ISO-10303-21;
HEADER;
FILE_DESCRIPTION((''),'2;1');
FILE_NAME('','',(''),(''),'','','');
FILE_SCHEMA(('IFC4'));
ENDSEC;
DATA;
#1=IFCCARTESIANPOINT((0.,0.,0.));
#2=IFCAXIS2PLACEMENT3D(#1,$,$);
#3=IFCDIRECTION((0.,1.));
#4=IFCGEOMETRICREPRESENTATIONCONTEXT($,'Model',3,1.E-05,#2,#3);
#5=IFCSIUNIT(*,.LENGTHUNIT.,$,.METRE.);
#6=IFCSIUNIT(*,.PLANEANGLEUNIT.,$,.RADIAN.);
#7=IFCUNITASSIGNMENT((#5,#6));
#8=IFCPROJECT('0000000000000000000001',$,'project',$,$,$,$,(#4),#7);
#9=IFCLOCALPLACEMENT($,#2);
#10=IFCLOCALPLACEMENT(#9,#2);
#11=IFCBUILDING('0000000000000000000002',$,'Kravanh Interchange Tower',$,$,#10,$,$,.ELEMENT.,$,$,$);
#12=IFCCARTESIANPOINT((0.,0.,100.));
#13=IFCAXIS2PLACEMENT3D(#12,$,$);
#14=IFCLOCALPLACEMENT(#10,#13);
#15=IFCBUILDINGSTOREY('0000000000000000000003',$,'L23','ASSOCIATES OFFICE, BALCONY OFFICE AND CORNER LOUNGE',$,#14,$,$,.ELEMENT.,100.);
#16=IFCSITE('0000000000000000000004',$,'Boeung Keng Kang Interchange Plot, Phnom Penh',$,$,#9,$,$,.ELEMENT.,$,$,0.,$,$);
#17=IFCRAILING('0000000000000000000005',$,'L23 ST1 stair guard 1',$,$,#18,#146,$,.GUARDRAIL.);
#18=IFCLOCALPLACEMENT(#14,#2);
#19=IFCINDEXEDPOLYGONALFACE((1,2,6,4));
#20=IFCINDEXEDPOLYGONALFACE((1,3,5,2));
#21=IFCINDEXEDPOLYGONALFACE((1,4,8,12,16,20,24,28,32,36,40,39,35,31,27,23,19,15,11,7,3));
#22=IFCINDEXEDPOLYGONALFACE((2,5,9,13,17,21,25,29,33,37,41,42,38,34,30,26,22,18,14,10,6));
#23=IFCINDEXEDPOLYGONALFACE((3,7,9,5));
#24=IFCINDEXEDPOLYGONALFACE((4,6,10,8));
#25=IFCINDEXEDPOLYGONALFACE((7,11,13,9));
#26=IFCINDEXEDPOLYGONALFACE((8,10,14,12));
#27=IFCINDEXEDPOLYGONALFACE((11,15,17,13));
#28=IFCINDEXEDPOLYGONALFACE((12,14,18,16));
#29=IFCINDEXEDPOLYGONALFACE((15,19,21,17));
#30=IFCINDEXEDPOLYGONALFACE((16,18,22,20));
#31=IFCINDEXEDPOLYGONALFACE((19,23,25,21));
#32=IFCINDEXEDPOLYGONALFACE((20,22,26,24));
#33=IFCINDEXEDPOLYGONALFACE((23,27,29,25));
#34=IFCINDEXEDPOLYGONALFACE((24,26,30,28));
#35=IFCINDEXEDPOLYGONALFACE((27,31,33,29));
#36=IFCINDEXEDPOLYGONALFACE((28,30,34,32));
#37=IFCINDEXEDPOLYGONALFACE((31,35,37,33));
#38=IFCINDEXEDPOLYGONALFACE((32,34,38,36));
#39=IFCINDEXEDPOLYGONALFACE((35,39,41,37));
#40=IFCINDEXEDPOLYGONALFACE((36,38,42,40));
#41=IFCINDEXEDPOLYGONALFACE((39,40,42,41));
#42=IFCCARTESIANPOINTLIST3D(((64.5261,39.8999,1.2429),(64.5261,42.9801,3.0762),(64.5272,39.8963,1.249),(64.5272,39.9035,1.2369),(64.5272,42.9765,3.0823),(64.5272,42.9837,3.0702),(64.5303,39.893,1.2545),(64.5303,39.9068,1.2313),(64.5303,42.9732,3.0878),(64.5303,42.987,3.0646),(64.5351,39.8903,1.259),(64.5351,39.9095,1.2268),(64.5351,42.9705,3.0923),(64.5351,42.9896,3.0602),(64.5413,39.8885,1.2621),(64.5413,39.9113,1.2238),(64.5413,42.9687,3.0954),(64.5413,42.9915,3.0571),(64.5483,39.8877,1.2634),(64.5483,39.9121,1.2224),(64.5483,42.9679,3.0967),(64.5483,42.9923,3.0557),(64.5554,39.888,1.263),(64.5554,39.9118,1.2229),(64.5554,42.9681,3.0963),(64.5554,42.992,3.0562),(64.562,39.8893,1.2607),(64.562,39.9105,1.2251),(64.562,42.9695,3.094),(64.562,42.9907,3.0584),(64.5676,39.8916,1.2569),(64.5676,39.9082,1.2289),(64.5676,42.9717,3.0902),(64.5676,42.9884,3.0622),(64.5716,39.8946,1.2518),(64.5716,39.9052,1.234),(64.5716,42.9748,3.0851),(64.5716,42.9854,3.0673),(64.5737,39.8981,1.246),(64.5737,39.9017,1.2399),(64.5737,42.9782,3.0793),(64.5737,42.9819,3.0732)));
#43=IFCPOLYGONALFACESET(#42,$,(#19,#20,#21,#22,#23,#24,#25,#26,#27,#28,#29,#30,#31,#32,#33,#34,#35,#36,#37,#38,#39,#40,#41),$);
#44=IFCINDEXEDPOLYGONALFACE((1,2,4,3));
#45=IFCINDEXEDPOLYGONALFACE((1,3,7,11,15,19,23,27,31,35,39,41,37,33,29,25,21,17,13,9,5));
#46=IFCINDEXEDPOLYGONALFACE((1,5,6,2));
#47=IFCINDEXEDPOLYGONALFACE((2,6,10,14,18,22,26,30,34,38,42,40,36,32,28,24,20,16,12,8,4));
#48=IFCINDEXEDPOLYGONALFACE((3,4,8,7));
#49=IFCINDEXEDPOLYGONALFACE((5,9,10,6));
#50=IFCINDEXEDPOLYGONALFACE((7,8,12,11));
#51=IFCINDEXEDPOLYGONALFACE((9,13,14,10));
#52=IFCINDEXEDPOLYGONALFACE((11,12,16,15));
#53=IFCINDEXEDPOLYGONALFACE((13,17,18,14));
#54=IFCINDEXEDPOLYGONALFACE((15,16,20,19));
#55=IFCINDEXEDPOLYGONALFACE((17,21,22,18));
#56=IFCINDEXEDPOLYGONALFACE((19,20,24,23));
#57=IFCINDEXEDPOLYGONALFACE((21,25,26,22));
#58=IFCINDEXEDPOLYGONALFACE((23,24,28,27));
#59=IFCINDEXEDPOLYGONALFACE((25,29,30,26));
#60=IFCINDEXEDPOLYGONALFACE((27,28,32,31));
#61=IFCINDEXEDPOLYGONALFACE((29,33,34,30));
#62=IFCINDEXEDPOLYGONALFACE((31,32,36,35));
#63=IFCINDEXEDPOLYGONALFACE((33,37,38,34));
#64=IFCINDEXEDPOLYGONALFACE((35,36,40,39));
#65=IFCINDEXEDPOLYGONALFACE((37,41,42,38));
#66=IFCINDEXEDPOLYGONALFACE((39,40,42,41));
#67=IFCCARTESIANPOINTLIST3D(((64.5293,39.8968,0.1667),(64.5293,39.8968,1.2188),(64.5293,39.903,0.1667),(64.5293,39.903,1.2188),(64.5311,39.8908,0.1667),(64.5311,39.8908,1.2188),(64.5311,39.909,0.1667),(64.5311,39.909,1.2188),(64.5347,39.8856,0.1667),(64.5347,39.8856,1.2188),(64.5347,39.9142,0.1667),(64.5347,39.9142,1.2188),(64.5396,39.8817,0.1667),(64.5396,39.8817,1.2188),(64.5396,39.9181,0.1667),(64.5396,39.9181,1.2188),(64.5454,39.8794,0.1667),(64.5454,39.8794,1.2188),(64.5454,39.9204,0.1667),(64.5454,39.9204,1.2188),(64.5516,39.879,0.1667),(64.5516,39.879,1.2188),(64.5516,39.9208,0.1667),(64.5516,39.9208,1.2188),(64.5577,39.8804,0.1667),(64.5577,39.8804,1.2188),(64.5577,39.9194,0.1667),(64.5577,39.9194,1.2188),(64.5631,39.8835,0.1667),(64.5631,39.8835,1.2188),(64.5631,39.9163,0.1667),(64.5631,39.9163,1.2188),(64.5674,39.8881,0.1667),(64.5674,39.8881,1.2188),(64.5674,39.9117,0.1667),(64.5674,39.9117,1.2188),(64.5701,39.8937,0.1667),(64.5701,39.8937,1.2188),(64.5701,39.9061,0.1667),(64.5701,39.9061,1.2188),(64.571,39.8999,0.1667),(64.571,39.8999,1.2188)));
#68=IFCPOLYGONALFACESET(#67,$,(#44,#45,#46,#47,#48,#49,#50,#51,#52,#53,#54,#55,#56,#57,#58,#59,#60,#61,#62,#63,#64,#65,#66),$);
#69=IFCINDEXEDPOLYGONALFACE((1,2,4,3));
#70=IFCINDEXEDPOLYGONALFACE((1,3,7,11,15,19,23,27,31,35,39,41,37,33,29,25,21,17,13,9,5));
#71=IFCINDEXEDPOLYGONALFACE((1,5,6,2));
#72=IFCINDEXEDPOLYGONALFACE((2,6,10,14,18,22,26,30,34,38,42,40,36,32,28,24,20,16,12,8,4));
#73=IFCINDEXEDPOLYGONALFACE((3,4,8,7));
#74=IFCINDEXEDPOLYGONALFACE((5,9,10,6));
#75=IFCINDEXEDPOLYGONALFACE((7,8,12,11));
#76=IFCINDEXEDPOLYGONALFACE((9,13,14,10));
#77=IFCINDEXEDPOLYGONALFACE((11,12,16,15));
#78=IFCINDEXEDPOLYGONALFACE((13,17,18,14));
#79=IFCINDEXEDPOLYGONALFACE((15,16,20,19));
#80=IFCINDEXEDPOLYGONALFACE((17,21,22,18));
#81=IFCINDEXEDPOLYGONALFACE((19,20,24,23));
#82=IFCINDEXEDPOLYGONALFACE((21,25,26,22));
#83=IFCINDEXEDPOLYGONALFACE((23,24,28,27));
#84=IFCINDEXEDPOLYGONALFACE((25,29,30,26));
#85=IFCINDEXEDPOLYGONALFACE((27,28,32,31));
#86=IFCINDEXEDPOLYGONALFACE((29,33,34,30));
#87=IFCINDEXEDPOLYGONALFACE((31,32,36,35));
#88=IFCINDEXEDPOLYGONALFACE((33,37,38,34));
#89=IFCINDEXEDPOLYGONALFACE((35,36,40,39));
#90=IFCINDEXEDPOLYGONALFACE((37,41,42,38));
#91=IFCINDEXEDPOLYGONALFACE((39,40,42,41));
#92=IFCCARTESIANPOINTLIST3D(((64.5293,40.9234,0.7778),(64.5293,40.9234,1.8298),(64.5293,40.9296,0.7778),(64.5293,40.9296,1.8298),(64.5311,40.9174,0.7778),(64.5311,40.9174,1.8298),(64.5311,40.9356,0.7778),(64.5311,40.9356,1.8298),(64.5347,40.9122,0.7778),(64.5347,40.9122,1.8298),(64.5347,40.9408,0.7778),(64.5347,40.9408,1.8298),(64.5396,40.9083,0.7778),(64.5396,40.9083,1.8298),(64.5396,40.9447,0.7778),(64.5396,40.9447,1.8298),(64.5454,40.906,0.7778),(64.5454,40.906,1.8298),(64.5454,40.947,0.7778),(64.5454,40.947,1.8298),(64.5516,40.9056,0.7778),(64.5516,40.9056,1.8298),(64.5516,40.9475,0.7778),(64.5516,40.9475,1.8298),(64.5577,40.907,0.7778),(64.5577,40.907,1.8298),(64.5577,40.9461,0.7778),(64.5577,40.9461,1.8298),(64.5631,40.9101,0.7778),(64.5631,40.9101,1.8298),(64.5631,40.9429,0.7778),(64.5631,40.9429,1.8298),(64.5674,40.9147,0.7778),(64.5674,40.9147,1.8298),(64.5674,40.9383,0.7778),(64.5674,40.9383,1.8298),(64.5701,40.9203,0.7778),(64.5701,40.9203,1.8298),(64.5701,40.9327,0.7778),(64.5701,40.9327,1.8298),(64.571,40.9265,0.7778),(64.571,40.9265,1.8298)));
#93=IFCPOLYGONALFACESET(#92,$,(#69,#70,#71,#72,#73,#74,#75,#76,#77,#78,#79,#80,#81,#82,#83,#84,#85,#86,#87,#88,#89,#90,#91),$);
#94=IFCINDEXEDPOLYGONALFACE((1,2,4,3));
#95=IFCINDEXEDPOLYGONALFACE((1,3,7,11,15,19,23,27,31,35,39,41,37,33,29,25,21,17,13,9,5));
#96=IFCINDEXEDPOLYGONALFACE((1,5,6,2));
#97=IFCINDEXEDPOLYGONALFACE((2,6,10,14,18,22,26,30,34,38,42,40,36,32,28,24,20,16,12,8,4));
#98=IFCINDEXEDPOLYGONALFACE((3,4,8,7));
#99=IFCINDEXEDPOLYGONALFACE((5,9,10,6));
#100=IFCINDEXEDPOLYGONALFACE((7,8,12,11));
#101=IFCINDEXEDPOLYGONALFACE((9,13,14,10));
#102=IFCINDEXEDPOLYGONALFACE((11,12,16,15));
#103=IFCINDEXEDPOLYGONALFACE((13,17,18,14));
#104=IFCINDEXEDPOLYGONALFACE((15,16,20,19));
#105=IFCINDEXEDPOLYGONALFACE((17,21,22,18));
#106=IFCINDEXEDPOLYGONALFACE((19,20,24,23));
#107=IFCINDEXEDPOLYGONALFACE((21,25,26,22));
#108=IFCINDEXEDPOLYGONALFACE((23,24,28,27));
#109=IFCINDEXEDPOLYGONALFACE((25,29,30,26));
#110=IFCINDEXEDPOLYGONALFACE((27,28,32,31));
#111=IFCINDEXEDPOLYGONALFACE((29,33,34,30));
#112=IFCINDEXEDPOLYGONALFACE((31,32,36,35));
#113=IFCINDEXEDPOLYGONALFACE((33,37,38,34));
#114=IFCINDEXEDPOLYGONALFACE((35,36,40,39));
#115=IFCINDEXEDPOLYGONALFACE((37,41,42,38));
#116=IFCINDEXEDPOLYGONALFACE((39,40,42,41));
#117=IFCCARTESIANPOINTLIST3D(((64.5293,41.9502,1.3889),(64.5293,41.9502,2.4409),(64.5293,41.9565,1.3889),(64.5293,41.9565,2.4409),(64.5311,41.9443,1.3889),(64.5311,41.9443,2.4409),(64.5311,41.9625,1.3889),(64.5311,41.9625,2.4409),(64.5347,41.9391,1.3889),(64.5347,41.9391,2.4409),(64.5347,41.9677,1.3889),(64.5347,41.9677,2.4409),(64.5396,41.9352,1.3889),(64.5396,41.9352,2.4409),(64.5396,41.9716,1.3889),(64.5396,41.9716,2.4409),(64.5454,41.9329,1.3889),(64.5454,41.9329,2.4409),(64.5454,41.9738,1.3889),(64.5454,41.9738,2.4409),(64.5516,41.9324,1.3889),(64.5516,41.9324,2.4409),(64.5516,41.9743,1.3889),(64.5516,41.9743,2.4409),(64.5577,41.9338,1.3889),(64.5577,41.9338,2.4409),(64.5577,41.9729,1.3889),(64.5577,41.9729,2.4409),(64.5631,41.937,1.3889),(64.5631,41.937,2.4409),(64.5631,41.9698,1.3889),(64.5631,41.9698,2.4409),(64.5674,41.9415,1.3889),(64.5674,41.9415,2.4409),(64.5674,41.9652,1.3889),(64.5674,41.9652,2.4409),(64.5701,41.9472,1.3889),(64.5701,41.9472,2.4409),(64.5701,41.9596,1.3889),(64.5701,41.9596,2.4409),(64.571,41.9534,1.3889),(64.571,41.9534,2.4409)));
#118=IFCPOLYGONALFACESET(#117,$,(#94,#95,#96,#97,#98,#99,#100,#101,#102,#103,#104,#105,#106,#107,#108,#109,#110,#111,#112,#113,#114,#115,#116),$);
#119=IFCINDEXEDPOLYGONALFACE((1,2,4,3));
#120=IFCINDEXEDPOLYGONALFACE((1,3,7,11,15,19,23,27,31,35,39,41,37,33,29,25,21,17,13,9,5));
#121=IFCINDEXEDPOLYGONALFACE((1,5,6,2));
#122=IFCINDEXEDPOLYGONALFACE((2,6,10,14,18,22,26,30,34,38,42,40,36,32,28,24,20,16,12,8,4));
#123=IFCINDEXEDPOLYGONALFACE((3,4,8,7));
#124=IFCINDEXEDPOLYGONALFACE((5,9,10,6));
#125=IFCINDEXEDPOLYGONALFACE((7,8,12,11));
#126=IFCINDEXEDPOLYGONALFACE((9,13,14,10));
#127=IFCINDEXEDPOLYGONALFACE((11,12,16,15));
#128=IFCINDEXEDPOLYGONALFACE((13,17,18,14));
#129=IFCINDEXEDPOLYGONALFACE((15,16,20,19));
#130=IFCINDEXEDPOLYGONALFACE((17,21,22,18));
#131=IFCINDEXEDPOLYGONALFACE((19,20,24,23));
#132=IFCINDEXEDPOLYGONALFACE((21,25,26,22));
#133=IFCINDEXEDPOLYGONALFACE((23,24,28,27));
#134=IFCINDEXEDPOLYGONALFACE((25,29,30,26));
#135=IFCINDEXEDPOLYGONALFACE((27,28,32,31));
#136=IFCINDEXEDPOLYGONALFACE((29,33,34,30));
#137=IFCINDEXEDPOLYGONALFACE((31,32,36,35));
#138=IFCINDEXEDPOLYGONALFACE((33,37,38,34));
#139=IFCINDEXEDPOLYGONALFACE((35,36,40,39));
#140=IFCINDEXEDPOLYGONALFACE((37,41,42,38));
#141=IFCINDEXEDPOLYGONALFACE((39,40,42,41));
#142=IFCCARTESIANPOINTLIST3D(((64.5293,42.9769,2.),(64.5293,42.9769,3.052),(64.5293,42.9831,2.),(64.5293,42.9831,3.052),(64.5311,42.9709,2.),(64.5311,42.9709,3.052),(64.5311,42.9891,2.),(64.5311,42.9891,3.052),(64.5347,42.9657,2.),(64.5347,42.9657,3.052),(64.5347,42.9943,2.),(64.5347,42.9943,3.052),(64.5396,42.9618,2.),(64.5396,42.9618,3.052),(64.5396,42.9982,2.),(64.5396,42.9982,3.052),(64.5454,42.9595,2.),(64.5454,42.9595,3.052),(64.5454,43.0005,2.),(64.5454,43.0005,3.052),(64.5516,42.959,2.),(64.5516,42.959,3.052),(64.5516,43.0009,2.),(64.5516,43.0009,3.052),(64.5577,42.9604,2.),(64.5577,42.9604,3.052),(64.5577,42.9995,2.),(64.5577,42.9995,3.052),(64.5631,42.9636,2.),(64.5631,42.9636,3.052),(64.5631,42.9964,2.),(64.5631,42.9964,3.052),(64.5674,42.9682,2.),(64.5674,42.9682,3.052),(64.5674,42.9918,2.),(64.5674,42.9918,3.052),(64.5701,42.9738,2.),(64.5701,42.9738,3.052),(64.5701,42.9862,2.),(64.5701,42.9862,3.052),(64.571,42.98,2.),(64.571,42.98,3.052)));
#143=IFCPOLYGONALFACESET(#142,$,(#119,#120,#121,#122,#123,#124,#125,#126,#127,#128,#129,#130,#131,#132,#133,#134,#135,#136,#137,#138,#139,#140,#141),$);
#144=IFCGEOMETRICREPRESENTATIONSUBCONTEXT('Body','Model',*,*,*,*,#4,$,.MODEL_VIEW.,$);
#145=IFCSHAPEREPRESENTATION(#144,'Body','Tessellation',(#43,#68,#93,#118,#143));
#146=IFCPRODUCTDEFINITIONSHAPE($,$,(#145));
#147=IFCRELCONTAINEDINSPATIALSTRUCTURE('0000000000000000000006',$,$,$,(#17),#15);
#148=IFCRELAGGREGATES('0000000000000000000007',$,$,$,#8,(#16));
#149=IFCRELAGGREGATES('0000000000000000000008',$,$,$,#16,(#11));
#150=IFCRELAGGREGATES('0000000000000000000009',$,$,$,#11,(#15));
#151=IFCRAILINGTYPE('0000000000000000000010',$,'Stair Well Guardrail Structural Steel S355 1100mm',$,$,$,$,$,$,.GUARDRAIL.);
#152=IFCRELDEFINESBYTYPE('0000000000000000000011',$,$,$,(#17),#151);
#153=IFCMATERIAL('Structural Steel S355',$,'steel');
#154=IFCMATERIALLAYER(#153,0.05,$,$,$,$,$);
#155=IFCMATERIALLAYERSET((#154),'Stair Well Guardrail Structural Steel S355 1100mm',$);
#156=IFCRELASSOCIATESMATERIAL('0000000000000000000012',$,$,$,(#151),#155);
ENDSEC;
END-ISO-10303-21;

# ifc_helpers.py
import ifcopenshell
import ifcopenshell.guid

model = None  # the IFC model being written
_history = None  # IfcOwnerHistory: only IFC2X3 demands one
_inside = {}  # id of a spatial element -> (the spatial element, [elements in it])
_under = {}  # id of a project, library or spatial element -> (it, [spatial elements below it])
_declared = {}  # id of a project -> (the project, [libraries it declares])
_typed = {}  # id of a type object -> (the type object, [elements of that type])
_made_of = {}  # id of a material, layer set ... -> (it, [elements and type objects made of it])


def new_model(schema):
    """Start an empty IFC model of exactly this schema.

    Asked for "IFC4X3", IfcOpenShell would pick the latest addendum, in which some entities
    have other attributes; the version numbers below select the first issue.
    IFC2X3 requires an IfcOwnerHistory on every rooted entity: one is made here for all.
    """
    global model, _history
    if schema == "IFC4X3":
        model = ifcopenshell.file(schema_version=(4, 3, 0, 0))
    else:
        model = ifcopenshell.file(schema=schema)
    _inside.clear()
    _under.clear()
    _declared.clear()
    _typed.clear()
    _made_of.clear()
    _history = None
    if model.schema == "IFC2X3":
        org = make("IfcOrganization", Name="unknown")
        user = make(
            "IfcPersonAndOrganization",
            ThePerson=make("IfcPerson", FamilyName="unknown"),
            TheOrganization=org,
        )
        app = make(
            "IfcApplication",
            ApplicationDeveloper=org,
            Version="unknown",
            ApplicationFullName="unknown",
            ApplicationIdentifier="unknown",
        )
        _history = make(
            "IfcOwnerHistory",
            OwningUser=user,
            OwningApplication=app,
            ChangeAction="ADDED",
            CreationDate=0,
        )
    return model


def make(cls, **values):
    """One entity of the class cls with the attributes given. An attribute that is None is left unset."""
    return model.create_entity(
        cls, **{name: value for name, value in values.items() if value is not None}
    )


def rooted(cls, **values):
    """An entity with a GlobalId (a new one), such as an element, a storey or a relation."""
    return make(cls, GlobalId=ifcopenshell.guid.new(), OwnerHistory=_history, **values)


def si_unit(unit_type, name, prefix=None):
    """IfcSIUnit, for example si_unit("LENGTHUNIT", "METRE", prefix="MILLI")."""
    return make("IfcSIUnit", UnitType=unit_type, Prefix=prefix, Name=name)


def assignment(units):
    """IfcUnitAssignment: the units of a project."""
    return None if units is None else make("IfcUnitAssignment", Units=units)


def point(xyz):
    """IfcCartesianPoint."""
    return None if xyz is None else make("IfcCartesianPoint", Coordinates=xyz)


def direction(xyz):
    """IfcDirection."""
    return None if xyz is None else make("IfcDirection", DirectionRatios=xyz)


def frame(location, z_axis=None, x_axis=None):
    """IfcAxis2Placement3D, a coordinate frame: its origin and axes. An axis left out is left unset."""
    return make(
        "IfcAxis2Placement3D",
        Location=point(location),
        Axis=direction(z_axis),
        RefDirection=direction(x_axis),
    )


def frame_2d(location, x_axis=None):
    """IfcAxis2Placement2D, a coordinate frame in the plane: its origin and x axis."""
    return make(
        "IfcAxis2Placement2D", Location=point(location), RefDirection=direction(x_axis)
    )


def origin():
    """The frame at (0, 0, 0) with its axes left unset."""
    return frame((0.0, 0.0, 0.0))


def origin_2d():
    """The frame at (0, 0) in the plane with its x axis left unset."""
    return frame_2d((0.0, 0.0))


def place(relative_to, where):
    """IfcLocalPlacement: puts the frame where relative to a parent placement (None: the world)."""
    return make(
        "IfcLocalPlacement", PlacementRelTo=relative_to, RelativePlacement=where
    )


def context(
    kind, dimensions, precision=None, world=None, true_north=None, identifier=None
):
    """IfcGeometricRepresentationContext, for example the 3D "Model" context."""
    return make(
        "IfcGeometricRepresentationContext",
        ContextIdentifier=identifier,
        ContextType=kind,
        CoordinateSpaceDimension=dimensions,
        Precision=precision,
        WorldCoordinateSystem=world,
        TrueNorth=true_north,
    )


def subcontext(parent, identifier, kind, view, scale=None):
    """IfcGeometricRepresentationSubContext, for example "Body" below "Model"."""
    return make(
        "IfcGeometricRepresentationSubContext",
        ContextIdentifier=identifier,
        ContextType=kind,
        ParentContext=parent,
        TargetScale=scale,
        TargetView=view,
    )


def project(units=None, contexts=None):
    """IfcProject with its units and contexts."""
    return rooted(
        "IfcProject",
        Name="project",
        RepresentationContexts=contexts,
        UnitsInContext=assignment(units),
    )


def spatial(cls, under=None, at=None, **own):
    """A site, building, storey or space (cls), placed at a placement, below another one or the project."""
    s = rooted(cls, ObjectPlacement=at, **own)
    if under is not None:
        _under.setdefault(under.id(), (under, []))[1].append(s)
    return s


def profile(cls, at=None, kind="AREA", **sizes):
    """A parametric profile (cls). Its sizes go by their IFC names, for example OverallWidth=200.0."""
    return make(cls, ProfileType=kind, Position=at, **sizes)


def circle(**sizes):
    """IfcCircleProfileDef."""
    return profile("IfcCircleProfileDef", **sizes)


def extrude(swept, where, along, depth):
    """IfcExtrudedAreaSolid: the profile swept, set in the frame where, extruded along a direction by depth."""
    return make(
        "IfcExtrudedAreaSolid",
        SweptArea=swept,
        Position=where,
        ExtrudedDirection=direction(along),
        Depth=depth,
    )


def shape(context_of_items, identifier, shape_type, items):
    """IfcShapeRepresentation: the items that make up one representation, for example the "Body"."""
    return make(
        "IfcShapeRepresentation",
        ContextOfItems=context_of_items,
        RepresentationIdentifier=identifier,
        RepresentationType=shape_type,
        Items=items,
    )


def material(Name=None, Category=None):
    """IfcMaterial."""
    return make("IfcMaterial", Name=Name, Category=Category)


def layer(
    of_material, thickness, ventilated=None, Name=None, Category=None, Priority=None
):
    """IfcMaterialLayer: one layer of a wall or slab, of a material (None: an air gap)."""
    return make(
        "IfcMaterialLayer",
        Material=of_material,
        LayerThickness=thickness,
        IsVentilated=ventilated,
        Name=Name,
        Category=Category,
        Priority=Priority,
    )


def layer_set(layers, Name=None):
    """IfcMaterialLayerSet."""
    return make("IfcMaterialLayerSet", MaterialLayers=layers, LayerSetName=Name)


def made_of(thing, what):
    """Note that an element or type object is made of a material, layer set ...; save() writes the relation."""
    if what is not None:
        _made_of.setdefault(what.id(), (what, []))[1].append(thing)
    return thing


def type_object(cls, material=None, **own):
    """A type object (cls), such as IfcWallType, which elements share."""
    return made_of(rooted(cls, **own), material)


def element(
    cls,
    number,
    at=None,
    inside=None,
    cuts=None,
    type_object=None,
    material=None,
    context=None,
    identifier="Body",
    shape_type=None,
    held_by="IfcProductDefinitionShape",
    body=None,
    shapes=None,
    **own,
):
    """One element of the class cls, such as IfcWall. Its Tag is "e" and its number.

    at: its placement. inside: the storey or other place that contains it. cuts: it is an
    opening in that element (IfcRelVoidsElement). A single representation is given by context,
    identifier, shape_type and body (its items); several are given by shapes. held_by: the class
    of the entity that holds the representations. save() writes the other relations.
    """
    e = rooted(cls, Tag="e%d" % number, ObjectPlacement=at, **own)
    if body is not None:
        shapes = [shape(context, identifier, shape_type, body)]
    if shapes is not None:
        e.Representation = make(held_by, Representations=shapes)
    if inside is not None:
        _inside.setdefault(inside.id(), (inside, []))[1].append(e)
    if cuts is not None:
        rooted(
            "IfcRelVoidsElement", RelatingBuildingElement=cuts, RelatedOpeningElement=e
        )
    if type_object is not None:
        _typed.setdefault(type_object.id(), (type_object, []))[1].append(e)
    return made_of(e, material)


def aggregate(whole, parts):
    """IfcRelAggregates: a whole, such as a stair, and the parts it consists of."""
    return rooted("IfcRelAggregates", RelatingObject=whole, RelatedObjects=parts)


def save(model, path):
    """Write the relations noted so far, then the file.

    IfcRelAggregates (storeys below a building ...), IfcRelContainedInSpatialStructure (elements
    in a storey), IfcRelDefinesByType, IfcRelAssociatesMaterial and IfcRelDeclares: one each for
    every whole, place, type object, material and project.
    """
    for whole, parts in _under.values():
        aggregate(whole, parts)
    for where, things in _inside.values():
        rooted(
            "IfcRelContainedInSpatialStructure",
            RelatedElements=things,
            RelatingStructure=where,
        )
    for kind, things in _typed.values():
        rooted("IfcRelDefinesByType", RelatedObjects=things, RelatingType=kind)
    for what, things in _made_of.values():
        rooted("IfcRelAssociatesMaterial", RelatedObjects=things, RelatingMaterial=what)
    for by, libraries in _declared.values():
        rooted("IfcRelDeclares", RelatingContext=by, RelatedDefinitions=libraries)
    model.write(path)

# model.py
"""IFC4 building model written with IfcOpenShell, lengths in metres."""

from ifc_helpers import new_model, si_unit, direction, frame, origin, origin_2d, place, context, subcontext, project, spatial, circle, extrude, material, layer, layer_set, type_object, element, save


model = new_model("IFC4")

# Units and contexts
model_context = context("Model", 3, precision=1e-05, world=origin(), true_north=direction((0.0, 1.0)))
body_context = subcontext(model_context, "Body", "Model", "MODEL_VIEW")
ifc_project = project(units=[si_unit("LENGTHUNIT", "METRE"), si_unit("PLANEANGLEUNIT", "RADIAN")], contexts=[model_context])

# Site, building, storey
site_placement = place(None, origin())
site = spatial("IfcSite", under=ifc_project, at=site_placement, Name="Boeung Keng Kang Interchange Plot, Phnom Penh", CompositionType="ELEMENT", RefElevation=0.0)
building_placement = place(site_placement, origin())
building = spatial("IfcBuilding", under=site, at=building_placement, Name="Kravanh Interchange Tower", CompositionType="ELEMENT")
storey_placement = place(building_placement, frame((0.0, 0.0, 100.0)))
storey = spatial("IfcBuildingStorey", under=building, at=storey_placement, Name="L23", Description="ASSOCIATES OFFICE, BALCONY OFFICE AND CORNER LOUNGE", CompositionType="ELEMENT", Elevation=100.0)

# Railing
ifc_material_1 = material(Name="Structural Steel S355", Category="steel")
ifc_layer_1 = layer(ifc_material_1, 0.05)
ifc_layer_set_1 = layer_set([ifc_layer_1], Name="Stair Well Guardrail Structural Steel S355 1100mm")
railing_type_1 = type_object("IfcRailingType", Name="Stair Well Guardrail Structural Steel S355 1100mm", PredefinedType="GUARDRAIL", material=ifc_layer_set_1)
railing_1_placement = place(storey_placement, frame((64.55, 39.8999, 0.1667)))
element("IfcRailing", 1, at=railing_1_placement, inside=storey, type_object=railing_type_1, Name="L23 ST1 stair guard 1", PredefinedType="GUARDRAIL", context=body_context, shape_type="SweptSolid", body=[
    extrude(circle(Radius=0.0239, at=origin_2d()), frame((0.0, 0.0, 1.0762), z_axis=(0.0, 0.859309, 0.511458), x_axis=(-1.0, 0.0, 0.0)), (0.0, 0.0, 1.0), 3.5845),
    extrude(circle(Radius=0.021, at=origin_2d()), origin(), (0.0, 0.0, 1.0), 1.052),
    extrude(circle(Radius=0.021, at=origin_2d()), frame((0.0, 1.0266, 0.6111)), (0.0, 0.0, 1.0), 1.052),
    extrude(circle(Radius=0.021, at=origin_2d()), frame((0.0, 2.0535, 1.2222)), (0.0, 0.0, 1.0), 1.052),
    extrude(circle(Radius=0.021, at=origin_2d()), frame((0.0, 3.0801, 1.8333)), (0.0, 0.0, 1.0), 1.052),
])

save(model, "model.ifc")
